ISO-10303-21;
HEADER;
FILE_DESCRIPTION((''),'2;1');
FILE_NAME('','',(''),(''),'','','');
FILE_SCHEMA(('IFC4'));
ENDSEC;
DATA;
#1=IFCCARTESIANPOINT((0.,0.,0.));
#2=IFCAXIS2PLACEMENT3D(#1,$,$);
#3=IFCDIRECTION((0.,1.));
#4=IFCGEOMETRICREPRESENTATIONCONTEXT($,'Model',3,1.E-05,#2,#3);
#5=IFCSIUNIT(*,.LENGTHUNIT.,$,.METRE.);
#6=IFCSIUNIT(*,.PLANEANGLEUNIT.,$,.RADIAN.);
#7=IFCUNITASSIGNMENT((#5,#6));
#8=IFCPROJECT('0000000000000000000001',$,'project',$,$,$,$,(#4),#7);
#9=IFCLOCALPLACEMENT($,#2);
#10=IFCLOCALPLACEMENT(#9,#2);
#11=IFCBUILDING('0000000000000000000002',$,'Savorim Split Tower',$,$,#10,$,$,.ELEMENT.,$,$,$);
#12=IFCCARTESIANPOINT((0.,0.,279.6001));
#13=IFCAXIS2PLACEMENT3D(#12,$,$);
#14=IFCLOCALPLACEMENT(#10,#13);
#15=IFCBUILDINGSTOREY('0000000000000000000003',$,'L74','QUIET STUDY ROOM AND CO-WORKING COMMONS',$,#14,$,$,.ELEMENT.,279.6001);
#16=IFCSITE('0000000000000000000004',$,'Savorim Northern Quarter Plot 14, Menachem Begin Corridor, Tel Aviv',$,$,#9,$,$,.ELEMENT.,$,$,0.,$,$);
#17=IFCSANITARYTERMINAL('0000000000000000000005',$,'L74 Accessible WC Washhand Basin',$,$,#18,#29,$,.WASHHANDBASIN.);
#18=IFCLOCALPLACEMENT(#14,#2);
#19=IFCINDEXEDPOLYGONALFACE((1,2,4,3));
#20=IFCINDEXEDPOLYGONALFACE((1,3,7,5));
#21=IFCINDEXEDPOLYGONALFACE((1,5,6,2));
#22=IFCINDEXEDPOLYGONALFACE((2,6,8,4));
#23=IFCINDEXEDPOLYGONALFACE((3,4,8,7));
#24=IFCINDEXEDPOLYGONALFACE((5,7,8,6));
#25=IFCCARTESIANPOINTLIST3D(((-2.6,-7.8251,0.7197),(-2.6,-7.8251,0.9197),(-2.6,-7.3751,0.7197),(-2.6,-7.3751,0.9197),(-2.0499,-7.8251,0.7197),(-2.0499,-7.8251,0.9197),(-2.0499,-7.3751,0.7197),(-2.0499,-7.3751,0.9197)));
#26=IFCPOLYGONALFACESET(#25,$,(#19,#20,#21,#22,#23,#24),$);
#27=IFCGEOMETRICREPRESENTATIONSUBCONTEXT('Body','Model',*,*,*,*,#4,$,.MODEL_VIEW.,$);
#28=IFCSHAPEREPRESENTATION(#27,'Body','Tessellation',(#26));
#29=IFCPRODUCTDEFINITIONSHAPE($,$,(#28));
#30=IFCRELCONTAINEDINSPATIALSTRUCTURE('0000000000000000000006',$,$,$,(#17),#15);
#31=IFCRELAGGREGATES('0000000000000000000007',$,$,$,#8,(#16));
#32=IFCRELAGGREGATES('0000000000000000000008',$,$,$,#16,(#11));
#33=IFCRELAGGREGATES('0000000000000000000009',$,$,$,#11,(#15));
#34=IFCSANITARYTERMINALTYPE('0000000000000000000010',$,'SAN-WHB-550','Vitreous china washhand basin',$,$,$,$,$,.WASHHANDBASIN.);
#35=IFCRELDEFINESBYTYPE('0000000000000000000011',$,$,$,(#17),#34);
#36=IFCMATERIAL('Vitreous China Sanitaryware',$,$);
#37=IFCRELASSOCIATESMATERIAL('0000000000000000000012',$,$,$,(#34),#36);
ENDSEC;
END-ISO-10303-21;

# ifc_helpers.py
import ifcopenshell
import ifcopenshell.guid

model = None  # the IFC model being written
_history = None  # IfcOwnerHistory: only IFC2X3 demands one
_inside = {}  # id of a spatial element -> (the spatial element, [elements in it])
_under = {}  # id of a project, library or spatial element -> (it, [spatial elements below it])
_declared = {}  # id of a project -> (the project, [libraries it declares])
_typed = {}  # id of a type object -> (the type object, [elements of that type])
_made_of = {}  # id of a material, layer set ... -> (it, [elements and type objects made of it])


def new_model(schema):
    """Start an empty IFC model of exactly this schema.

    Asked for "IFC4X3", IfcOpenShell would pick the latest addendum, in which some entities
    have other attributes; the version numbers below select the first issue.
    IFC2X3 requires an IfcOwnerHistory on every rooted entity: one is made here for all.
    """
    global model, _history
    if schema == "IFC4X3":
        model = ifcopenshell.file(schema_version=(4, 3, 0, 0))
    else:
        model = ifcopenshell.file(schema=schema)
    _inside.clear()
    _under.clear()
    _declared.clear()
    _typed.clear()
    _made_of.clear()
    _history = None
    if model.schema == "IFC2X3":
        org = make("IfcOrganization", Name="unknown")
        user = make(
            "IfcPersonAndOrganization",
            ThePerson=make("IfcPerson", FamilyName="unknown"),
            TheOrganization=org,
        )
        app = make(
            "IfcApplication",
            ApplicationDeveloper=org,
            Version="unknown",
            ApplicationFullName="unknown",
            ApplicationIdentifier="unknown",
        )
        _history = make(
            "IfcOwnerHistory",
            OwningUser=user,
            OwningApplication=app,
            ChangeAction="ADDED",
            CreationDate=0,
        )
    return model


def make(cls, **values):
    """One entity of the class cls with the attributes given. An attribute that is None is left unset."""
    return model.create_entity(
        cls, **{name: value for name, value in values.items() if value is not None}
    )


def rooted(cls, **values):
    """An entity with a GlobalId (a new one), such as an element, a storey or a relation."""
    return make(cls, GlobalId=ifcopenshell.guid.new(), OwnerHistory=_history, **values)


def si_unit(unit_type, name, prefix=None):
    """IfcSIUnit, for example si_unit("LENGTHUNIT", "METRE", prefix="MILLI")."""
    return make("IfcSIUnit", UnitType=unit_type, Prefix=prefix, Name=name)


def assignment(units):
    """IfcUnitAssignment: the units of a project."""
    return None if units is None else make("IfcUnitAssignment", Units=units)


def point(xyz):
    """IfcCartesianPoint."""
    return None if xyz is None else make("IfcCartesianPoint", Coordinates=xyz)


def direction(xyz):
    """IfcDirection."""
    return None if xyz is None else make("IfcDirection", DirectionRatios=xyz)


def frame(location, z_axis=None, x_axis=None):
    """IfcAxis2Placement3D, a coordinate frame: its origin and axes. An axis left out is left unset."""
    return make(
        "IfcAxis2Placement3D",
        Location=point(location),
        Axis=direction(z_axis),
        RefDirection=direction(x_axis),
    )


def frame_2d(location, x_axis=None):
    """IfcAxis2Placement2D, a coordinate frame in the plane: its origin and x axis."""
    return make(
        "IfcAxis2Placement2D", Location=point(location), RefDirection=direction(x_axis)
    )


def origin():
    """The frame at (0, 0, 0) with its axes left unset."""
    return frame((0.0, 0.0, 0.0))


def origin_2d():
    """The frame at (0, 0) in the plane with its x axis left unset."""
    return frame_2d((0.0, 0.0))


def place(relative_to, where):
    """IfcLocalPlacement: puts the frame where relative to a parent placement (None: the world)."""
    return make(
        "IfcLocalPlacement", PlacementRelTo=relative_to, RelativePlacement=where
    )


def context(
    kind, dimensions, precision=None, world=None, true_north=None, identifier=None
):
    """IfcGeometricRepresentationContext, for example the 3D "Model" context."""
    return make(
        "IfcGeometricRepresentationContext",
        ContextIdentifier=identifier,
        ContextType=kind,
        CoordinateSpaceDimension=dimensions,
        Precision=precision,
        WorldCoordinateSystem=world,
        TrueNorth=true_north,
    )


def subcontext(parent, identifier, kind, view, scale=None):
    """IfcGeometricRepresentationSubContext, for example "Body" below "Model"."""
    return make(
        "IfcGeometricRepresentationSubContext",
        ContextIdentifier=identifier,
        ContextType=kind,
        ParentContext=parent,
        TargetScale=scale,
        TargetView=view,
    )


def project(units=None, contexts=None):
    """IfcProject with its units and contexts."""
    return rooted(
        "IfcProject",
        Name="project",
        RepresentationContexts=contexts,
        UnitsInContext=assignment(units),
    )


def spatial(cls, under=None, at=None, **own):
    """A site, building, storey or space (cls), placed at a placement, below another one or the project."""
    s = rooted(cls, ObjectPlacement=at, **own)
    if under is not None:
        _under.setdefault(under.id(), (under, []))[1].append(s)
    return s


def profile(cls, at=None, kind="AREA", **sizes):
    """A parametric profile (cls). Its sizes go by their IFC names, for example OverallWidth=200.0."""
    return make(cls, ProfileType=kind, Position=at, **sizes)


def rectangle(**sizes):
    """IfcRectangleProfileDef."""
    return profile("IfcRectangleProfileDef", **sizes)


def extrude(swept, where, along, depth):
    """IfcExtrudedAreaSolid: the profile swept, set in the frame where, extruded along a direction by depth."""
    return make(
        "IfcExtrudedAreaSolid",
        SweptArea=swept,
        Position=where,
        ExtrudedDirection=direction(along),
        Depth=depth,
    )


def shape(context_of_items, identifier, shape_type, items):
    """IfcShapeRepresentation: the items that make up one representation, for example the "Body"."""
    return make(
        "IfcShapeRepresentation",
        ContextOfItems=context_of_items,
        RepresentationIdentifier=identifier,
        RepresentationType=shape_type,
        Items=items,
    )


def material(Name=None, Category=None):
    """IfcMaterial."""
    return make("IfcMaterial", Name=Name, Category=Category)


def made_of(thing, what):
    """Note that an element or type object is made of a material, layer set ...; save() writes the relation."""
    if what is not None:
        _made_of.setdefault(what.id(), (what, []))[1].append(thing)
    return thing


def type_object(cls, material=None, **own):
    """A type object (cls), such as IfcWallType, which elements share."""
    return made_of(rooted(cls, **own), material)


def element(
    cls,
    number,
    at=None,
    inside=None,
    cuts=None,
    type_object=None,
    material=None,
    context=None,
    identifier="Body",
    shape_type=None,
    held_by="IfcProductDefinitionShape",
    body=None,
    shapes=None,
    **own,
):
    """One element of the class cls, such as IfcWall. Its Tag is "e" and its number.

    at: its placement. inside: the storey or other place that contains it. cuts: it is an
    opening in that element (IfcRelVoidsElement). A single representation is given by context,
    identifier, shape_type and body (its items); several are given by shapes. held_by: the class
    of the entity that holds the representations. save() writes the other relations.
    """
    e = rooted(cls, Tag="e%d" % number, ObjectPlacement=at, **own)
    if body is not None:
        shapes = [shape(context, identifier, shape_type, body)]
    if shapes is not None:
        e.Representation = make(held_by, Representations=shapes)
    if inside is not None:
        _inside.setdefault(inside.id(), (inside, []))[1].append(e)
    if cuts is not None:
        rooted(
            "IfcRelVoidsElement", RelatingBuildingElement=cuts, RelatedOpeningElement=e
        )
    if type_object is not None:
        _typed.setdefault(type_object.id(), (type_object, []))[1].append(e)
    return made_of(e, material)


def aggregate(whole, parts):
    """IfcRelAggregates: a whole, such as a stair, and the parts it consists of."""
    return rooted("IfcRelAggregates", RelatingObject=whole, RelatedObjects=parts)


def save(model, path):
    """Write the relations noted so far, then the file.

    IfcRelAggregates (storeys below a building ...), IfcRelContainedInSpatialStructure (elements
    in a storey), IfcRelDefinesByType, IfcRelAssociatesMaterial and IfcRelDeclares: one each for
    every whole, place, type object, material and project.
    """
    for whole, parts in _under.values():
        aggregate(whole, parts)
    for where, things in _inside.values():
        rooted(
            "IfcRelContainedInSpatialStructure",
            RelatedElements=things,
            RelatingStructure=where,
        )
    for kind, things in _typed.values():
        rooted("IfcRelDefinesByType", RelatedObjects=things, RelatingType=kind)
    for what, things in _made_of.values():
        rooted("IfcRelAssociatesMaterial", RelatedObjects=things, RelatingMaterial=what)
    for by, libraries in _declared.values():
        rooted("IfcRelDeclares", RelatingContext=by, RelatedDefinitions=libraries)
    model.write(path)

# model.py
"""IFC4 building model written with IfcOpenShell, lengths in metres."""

from ifc_helpers import new_model, si_unit, direction, frame, origin, origin_2d, place, context, subcontext, project, spatial, rectangle, extrude, material, type_object, element, save


model = new_model("IFC4")

# Units and contexts
model_context = context("Model", 3, precision=1e-05, world=origin(), true_north=direction((0.0, 1.0)))
body_context = subcontext(model_context, "Body", "Model", "MODEL_VIEW")
ifc_project = project(units=[si_unit("LENGTHUNIT", "METRE"), si_unit("PLANEANGLEUNIT", "RADIAN")], contexts=[model_context])

# Site, building, storey
site_placement = place(None, origin())
site = spatial("IfcSite", under=ifc_project, at=site_placement, Name="Savorim Northern Quarter Plot 14, Menachem Begin Corridor, Tel Aviv", CompositionType="ELEMENT", RefElevation=0.0)
building_placement = place(site_placement, origin())
building = spatial("IfcBuilding", under=site, at=building_placement, Name="Savorim Split Tower", CompositionType="ELEMENT")
storey_placement = place(building_placement, frame((0.0, 0.0, 279.6001)))
storey = spatial("IfcBuildingStorey", under=building, at=storey_placement, Name="L74", Description="QUIET STUDY ROOM AND CO-WORKING COMMONS", CompositionType="ELEMENT", Elevation=279.6001)

# Sanitary terminal
ifc_material_1 = material(Name="Vitreous China Sanitaryware")
sanitary_terminal_type_1 = type_object("IfcSanitaryTerminalType", Name="SAN-WHB-550", Description="Vitreous china washhand basin", PredefinedType="WASHHANDBASIN", material=ifc_material_1)
sanitary_terminal_1_placement = place(storey_placement, frame((-2.325, -7.6001, 0.7197), z_axis=(0.0, 0.0, 1.0), x_axis=(1.0, 0.0, 0.0)))
element("IfcSanitaryTerminal", 1, at=sanitary_terminal_1_placement, inside=storey, type_object=sanitary_terminal_type_1, Name="L74 Accessible WC Washhand Basin", PredefinedType="WASHHANDBASIN", context=body_context, shape_type="SweptSolid", body=[
    extrude(rectangle(XDim=0.55, YDim=0.45, at=origin_2d()), origin(), (0.0, 0.0, 1.0), 0.2),
])

save(model, "model.ifc")
